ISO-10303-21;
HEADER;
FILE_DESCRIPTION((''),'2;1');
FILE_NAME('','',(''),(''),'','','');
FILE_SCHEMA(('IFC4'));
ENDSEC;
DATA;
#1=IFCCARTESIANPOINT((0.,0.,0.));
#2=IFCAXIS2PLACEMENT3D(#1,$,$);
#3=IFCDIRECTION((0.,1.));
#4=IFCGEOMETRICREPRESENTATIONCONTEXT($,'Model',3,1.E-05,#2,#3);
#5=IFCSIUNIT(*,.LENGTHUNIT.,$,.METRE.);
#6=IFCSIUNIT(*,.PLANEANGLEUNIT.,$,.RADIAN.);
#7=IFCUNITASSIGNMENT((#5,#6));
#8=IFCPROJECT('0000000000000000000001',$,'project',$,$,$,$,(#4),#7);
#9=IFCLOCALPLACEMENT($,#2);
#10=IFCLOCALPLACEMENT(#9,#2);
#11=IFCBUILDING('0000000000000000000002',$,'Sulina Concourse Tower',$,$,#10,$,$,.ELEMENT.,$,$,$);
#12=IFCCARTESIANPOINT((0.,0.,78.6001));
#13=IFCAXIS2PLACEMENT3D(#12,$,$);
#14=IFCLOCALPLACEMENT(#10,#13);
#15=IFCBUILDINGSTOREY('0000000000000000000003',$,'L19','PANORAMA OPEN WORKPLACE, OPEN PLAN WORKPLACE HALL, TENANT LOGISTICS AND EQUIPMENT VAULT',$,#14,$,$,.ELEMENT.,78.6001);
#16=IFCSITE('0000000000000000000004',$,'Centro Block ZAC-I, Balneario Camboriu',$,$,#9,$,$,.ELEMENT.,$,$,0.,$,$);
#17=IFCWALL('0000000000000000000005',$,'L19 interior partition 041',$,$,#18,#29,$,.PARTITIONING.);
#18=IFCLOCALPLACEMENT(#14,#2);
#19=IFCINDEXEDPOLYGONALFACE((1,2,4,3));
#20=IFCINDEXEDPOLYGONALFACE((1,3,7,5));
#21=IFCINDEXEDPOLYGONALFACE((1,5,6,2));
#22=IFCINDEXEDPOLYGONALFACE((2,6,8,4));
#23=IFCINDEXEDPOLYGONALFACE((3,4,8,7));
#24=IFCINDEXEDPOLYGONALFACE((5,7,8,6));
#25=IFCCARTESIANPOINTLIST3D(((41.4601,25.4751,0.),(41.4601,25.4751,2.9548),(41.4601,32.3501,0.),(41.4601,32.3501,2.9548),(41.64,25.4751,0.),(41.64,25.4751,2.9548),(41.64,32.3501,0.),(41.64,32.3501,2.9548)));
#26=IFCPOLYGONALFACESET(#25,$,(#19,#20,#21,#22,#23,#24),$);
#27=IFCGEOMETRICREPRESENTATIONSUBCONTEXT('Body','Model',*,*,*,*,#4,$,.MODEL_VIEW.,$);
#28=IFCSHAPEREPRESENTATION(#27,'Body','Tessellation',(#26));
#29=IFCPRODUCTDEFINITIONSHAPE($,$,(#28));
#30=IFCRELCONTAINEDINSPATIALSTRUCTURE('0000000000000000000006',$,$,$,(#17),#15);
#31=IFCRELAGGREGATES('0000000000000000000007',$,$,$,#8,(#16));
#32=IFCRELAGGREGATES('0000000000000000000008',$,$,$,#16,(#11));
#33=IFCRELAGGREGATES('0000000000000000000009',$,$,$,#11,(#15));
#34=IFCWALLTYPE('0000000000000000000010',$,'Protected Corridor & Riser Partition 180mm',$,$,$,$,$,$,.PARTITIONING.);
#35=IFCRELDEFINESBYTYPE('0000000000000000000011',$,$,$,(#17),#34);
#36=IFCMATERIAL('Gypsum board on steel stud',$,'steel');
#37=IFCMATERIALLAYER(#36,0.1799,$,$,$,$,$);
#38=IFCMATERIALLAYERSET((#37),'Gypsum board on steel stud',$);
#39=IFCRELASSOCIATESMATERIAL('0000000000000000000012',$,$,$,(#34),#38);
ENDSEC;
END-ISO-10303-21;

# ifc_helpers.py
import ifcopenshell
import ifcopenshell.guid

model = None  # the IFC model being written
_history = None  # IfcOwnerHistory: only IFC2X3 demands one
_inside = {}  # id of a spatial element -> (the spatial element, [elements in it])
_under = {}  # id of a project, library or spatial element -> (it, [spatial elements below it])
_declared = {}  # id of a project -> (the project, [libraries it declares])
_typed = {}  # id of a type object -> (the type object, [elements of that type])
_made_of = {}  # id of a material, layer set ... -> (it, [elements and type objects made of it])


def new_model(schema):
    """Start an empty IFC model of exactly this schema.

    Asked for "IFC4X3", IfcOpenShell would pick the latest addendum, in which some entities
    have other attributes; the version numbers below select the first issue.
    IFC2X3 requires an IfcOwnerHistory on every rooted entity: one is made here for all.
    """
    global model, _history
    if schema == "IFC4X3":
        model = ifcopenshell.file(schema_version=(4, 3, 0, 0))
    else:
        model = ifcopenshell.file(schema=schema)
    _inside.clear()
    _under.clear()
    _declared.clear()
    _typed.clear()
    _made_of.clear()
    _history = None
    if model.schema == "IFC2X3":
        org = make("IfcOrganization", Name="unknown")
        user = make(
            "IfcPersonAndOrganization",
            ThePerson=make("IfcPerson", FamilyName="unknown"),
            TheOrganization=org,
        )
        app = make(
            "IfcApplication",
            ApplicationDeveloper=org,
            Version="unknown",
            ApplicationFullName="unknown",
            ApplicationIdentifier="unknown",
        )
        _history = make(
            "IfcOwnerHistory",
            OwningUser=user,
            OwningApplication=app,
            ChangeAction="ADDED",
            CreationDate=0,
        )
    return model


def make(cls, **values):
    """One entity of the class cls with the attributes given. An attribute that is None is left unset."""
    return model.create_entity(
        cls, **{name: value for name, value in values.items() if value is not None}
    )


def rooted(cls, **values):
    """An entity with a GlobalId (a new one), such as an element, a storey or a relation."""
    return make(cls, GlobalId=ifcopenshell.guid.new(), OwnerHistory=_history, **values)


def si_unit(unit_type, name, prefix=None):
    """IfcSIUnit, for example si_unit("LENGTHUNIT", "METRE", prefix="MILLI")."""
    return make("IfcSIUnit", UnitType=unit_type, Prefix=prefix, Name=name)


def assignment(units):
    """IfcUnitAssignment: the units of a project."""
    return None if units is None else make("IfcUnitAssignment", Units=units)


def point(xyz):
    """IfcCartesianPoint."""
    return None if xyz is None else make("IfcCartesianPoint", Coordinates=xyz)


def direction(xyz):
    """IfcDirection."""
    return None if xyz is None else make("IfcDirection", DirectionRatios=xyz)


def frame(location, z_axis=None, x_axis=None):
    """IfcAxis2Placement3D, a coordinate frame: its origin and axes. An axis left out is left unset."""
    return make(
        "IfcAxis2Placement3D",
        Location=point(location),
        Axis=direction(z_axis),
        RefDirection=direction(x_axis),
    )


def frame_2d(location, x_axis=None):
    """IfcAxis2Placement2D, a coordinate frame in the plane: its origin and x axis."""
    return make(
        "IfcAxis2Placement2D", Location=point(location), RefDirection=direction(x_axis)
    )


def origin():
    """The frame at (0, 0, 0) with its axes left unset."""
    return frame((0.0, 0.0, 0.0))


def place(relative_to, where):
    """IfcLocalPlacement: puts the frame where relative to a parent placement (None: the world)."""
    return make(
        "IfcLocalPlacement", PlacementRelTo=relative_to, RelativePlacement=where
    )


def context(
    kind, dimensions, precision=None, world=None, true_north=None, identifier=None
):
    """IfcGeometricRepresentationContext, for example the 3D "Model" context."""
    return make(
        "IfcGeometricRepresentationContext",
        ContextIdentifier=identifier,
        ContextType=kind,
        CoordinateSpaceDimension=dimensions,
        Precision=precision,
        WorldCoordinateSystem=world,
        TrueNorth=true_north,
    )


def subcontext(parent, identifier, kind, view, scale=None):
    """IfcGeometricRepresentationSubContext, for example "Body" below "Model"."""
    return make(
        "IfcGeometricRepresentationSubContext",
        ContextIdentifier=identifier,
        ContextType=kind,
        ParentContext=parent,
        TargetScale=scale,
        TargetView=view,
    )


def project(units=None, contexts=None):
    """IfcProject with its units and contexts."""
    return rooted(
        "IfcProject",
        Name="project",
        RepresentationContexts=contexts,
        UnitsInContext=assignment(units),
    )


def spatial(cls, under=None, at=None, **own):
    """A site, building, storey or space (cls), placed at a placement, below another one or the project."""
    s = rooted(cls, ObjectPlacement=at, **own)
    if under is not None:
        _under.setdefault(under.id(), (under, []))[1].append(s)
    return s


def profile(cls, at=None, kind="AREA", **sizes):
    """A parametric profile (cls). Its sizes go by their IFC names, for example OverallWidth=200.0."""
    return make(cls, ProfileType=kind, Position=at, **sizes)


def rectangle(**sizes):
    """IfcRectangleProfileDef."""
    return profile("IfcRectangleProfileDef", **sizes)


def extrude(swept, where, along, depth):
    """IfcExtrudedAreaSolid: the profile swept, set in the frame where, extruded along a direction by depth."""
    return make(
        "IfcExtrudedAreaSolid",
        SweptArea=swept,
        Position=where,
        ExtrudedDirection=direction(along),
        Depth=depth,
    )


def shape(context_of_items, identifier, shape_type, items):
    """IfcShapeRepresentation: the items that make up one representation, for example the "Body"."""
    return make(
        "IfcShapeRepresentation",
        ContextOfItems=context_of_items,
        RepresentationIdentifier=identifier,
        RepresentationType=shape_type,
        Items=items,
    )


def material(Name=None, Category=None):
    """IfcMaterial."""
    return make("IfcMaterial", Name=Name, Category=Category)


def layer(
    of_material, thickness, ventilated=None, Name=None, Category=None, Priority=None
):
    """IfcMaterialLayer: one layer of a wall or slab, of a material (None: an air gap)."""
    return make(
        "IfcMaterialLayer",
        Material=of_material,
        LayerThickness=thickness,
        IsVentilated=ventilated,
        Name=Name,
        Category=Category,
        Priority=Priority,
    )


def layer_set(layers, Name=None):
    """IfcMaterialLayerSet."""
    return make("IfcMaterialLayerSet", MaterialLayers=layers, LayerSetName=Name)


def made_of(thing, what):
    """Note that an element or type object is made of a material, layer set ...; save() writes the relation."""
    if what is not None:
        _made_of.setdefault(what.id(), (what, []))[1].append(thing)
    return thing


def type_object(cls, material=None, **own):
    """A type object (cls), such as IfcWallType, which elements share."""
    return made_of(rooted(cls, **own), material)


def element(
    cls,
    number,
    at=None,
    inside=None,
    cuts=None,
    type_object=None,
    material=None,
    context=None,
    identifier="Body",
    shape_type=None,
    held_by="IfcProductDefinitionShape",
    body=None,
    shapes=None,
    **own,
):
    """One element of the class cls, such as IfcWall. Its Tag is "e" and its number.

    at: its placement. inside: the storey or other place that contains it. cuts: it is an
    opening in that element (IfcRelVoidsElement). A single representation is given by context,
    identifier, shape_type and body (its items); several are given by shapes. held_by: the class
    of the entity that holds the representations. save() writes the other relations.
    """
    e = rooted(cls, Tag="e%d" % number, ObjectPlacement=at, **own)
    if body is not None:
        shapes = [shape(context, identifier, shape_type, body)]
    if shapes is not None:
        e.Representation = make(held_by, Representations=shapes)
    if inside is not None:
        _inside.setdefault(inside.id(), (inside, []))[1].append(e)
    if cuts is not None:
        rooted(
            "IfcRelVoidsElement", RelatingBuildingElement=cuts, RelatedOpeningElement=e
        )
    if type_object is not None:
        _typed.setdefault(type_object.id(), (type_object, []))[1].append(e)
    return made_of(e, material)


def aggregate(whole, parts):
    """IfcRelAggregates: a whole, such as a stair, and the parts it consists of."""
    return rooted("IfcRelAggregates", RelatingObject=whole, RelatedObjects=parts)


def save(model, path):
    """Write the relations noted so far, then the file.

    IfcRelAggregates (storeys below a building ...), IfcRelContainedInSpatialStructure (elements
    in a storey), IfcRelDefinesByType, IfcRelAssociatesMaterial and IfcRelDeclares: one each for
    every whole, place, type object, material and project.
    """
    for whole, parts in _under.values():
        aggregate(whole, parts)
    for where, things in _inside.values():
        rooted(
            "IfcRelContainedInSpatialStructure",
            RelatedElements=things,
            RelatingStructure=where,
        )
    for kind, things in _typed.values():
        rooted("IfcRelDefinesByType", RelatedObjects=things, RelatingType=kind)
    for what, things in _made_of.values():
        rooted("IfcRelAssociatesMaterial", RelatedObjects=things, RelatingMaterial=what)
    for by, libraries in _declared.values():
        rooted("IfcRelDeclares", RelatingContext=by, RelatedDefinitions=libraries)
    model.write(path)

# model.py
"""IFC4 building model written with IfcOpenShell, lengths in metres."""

from ifc_helpers import new_model, si_unit, direction, frame, frame_2d, origin, place, context, subcontext, project, spatial, rectangle, extrude, material, layer, layer_set, type_object, element, save


model = new_model("IFC4")

# Units and contexts
model_context = context("Model", 3, precision=1e-05, world=origin(), true_north=direction((0.0, 1.0)))
body_context = subcontext(model_context, "Body", "Model", "MODEL_VIEW")
ifc_project = project(units=[si_unit("LENGTHUNIT", "METRE"), si_unit("PLANEANGLEUNIT", "RADIAN")], contexts=[model_context])

# Site, building, storey
site_placement = place(None, origin())
site = spatial("IfcSite", under=ifc_project, at=site_placement, Name="Centro Block ZAC-I, Balneario Camboriu", CompositionType="ELEMENT", RefElevation=0.0)
building_placement = place(site_placement, origin())
building = spatial("IfcBuilding", under=site, at=building_placement, Name="Sulina Concourse Tower", CompositionType="ELEMENT")
storey_placement = place(building_placement, frame((0.0, 0.0, 78.6001)))
storey = spatial("IfcBuildingStorey", under=building, at=storey_placement, Name="L19", Description="PANORAMA OPEN WORKPLACE, OPEN PLAN WORKPLACE HALL, TENANT LOGISTICS AND EQUIPMENT VAULT", CompositionType="ELEMENT", Elevation=78.6001)

# Shared definitions
ifc_material_1 = material(Name="Gypsum board on steel stud", Category="steel")
ifc_layer_1 = layer(ifc_material_1, 0.1799)
ifc_layer_set_1 = layer_set([ifc_layer_1], Name="Gypsum board on steel stud")
wall_type_1 = type_object("IfcWallType", Name="Protected Corridor & Riser Partition 180mm", PredefinedType="PARTITIONING", material=ifc_layer_set_1)

# Wall
wall_1_placement = place(storey_placement, frame((41.55, 25.4751, 0.0), z_axis=(0.0, 0.0, 1.0), x_axis=(0.0, 1.0, 0.0)))
element("IfcWall", 1, at=wall_1_placement, inside=storey, type_object=wall_type_1, Name="L19 interior partition 041", PredefinedType="PARTITIONING", context=body_context, shape_type="SweptSolid", body=[
    extrude(rectangle(XDim=6.875, YDim=0.1799, at=frame_2d((3.4375, 0.0))), origin(), (0.0, 0.0, 1.0), 2.9548),
])

save(model, "model.ifc")
